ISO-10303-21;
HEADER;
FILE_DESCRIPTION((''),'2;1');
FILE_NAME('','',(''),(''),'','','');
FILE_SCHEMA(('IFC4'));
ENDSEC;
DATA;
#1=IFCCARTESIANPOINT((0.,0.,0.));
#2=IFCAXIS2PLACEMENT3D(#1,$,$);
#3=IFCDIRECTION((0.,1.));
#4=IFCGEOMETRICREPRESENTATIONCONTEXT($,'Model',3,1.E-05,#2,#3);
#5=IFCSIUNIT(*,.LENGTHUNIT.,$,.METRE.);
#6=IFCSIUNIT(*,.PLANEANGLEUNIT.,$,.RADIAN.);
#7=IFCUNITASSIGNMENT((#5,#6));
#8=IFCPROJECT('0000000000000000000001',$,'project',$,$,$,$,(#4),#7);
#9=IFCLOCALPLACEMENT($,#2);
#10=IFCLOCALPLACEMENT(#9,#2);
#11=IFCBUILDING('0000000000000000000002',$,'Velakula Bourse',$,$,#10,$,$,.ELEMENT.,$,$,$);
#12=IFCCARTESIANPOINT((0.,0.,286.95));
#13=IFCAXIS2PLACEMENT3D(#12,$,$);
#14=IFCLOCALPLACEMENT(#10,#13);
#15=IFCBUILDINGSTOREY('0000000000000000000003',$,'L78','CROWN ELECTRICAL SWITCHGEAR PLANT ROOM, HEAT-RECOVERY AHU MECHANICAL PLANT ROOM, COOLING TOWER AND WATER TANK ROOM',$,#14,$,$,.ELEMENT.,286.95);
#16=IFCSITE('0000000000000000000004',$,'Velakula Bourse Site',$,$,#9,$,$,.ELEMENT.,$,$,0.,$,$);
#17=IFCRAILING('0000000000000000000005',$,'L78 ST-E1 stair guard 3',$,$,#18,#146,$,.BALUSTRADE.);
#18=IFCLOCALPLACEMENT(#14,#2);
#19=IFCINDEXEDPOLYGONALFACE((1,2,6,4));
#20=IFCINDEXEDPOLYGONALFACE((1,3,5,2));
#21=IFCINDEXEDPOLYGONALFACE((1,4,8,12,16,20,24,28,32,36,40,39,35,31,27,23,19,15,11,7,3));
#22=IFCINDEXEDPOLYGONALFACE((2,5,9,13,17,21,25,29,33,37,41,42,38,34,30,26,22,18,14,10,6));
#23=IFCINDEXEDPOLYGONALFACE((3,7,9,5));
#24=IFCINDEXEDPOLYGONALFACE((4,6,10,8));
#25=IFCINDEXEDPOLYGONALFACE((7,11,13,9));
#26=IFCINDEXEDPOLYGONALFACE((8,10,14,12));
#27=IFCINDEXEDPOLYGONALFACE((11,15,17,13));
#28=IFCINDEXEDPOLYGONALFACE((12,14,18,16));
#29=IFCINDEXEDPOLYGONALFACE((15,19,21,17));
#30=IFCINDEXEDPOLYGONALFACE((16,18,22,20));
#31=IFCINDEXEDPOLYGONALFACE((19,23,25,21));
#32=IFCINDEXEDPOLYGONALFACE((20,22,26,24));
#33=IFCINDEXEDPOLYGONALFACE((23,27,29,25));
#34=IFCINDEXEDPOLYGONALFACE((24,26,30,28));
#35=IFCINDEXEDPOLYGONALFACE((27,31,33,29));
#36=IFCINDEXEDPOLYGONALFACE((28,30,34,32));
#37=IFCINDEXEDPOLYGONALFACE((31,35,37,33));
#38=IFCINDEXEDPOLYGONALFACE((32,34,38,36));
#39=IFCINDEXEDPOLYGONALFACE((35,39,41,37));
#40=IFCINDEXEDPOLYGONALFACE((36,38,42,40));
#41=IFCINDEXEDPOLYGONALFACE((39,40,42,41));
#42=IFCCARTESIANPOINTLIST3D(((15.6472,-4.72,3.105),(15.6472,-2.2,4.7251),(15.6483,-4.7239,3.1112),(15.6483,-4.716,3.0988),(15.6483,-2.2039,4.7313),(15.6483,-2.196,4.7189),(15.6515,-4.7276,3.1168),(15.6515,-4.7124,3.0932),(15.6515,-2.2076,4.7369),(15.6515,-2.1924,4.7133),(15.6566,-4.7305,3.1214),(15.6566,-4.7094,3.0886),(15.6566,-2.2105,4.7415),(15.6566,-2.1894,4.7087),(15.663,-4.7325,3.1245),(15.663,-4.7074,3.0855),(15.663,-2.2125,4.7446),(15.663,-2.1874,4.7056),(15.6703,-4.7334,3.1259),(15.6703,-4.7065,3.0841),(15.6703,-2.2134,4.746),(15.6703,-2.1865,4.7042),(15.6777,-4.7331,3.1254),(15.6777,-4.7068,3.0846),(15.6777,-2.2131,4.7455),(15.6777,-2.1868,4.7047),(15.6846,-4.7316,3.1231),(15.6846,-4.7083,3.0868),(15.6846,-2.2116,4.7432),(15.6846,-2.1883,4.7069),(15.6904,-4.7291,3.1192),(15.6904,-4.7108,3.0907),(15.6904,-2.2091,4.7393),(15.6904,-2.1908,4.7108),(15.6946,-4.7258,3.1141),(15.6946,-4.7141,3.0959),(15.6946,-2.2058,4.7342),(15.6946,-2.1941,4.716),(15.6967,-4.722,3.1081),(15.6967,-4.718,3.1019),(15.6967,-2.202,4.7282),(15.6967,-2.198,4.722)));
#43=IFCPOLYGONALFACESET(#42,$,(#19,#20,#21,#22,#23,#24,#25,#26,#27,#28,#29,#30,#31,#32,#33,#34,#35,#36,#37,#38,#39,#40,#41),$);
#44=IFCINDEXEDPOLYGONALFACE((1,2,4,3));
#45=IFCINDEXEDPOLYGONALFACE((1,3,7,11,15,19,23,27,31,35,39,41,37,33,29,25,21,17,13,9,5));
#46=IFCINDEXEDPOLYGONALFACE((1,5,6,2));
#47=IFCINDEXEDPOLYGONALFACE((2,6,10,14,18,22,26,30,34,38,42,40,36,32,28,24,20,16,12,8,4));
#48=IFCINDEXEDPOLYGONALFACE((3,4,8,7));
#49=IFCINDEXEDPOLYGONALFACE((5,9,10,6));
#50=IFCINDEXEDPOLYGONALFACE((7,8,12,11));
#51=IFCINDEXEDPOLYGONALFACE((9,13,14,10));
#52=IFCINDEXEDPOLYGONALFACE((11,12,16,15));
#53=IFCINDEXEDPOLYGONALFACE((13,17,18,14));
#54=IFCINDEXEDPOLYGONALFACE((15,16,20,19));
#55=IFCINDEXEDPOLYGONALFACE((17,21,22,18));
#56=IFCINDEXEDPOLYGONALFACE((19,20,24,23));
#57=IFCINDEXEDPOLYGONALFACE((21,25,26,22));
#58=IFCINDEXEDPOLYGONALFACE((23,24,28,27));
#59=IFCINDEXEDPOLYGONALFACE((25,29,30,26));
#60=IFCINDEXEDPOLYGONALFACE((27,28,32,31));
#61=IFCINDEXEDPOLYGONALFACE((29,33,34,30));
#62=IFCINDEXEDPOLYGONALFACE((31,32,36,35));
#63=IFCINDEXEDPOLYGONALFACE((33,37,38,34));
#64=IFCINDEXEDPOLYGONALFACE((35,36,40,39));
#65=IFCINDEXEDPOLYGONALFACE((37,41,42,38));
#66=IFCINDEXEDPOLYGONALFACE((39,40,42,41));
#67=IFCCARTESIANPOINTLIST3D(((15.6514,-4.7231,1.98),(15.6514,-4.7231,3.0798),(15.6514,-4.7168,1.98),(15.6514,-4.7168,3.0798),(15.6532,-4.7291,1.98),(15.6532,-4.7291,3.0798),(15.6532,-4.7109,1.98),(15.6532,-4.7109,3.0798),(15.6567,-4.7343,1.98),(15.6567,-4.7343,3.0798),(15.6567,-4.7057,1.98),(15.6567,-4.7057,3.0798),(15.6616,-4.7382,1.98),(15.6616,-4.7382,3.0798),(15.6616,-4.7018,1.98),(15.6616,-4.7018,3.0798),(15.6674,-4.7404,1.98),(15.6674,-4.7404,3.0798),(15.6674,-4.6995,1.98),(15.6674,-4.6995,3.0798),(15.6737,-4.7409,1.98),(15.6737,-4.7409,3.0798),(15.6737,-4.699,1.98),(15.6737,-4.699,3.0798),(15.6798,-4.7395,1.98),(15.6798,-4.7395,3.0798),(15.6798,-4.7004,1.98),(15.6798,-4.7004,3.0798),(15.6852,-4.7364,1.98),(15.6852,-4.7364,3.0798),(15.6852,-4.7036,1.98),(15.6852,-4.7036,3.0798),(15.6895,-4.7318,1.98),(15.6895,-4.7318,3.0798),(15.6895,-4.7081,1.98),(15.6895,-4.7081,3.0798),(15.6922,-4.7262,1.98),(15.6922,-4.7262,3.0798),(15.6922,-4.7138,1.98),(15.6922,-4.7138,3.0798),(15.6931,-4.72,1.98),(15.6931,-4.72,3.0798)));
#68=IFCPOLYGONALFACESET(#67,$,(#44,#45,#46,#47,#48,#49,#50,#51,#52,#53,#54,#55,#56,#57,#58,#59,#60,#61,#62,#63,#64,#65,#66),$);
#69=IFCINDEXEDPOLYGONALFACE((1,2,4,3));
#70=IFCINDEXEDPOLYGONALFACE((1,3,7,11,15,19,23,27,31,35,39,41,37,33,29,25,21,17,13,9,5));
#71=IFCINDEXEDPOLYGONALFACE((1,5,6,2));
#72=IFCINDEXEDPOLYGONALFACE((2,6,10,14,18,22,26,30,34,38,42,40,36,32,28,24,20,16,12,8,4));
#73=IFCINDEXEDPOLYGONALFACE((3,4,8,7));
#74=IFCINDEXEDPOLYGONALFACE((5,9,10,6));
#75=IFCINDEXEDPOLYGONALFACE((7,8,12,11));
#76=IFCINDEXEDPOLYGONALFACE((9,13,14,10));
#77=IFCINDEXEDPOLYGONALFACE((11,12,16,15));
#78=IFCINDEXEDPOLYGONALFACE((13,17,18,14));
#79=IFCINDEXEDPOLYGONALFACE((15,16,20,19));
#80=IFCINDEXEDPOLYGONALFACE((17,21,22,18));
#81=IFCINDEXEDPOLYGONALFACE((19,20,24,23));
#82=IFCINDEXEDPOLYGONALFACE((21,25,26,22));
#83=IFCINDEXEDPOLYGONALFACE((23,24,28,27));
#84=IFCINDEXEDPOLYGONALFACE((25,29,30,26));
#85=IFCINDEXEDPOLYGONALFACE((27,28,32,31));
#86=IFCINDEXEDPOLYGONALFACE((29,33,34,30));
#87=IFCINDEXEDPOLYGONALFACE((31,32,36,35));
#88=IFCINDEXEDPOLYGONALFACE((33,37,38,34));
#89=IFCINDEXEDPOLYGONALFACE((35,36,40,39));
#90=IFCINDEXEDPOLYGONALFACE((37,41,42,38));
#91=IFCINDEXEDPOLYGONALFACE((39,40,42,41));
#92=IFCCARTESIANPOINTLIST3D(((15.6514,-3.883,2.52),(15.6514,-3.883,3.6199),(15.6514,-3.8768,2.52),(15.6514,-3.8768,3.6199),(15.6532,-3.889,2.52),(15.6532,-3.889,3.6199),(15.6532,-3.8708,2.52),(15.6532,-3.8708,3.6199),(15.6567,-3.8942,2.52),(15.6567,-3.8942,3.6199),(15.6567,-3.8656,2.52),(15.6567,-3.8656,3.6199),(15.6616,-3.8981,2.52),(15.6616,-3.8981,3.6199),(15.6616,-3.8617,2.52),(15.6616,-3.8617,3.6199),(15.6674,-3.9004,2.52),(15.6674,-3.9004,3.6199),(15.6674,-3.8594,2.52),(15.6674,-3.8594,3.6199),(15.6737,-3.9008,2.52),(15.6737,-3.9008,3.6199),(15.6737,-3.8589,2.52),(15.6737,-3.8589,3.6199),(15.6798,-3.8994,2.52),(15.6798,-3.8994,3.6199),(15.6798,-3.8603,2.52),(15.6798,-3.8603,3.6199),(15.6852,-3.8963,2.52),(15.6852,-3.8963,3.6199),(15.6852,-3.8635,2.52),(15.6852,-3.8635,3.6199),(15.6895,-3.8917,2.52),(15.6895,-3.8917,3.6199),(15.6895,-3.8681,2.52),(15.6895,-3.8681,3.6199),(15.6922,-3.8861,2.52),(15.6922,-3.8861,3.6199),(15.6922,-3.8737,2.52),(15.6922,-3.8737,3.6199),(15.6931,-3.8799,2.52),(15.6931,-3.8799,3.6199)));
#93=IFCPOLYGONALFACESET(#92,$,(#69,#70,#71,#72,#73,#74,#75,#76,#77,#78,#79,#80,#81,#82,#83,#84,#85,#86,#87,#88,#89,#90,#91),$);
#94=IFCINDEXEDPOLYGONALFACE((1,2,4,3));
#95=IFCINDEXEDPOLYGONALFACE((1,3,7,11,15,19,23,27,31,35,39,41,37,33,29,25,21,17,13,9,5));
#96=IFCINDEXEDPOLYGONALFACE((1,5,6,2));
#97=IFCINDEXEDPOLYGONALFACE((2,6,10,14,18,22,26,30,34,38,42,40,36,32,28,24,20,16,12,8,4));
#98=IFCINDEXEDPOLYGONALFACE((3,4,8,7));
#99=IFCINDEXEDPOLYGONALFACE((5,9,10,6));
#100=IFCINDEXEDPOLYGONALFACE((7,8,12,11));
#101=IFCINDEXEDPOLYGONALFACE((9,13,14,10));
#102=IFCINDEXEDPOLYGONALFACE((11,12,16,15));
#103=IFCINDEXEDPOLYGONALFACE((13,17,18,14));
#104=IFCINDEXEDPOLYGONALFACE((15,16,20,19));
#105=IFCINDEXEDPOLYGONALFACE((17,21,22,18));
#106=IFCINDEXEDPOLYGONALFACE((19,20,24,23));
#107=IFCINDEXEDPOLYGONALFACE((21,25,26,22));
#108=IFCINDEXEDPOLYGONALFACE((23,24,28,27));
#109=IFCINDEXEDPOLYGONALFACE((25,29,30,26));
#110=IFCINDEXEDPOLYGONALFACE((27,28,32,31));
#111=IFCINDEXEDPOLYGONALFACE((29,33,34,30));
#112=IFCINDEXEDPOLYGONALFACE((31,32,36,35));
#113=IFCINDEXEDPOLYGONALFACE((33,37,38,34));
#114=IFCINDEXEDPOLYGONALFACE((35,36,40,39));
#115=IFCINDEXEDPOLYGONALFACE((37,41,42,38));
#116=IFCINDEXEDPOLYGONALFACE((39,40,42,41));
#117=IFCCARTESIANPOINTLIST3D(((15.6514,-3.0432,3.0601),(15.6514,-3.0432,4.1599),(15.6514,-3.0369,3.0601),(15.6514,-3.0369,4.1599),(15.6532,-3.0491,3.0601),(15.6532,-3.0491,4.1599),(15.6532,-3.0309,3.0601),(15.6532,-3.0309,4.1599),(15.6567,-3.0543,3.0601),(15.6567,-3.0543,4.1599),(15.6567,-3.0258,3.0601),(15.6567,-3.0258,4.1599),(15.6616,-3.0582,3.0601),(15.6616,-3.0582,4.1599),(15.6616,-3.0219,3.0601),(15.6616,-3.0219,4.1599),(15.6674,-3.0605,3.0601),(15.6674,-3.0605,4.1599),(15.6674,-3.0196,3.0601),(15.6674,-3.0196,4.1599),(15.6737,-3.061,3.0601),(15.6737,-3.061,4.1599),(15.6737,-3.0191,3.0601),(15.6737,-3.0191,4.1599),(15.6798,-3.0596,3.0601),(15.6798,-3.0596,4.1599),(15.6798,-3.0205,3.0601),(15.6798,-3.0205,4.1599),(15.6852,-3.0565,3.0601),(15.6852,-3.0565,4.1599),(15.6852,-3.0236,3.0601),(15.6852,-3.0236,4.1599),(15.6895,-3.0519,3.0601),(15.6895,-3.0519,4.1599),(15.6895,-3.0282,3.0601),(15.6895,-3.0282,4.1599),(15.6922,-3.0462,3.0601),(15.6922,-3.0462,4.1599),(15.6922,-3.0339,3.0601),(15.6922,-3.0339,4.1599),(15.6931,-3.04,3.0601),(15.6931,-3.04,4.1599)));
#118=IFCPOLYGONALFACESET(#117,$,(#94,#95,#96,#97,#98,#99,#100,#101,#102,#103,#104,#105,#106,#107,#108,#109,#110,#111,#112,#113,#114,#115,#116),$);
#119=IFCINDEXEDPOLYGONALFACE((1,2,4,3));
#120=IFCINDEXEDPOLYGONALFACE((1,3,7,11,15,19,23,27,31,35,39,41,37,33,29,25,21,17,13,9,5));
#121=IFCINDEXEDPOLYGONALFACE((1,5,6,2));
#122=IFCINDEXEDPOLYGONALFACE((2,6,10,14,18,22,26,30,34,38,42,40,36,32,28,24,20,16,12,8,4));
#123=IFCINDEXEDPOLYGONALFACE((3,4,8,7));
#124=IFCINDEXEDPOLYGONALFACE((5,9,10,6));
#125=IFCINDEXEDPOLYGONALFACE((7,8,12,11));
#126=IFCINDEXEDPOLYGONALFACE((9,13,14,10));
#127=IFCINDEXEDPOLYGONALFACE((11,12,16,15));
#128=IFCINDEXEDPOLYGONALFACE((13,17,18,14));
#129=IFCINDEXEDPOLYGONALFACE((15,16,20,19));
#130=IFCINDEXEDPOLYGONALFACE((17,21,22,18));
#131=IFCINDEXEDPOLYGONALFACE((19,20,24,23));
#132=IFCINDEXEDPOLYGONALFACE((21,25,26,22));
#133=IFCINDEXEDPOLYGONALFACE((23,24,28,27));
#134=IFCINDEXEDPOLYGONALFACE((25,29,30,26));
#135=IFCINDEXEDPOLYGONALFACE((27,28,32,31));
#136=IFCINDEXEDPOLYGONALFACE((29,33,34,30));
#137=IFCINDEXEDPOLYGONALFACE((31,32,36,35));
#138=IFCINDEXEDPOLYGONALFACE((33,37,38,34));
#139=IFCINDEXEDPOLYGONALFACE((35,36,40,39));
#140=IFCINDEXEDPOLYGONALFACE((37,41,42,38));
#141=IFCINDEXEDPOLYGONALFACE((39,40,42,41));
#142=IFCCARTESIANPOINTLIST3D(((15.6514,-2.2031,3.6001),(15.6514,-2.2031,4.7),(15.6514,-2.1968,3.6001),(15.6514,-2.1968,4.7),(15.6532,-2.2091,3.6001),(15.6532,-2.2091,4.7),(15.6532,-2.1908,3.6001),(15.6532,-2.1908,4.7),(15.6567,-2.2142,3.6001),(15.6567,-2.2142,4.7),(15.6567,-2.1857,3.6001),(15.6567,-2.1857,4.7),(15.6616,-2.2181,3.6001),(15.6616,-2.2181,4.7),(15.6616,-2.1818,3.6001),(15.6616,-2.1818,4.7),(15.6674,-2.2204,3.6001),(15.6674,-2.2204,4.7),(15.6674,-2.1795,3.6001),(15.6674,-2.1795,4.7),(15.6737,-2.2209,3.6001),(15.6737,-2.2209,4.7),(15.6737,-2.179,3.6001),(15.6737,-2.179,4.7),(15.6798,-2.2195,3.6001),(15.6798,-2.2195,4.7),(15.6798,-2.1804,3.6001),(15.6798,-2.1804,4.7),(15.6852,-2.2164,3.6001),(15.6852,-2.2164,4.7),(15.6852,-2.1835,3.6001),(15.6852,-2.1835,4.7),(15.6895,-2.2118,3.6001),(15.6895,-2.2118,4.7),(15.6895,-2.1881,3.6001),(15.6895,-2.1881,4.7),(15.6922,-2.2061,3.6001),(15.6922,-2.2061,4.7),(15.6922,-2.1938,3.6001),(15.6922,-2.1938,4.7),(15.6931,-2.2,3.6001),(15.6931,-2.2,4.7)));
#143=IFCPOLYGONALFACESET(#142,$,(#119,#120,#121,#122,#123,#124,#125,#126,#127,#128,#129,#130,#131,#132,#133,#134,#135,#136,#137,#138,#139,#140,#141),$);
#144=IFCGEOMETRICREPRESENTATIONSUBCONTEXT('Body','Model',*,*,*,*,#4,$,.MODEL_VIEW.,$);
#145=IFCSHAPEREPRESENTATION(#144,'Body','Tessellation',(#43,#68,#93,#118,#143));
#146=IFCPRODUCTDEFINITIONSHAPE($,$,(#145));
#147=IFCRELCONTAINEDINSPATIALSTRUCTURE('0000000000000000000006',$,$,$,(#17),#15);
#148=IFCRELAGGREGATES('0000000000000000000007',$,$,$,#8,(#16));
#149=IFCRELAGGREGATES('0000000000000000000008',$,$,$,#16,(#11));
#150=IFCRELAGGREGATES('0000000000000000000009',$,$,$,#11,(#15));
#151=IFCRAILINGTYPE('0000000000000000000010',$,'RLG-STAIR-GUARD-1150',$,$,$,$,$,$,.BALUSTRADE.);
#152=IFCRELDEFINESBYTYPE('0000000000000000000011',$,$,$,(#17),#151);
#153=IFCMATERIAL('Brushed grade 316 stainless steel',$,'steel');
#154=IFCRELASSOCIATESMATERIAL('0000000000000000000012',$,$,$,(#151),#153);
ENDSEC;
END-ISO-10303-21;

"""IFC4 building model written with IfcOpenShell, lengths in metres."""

from ifc_helpers import new_model, si_unit, direction, frame, origin, origin_2d, place, context, subcontext, project, spatial, circle, extrude, material, type_object, element, save


model = new_model("IFC4")

# Units and contexts
model_context = context("Model", 3, precision=1e-05, world=origin(), true_north=direction((0.0, 1.0)))
body_context = subcontext(model_context, "Body", "Model", "MODEL_VIEW")
ifc_project = project(units=[si_unit("LENGTHUNIT", "METRE"), si_unit("PLANEANGLEUNIT", "RADIAN")], contexts=[model_context])

# Site, building, storey
site_placement = place(None, origin())
site = spatial("IfcSite", under=ifc_project, at=site_placement, Name="Velakula Bourse Site", CompositionType="ELEMENT", RefElevation=0.0)
building_placement = place(site_placement, origin())
building = spatial("IfcBuilding", under=site, at=building_placement, Name="Velakula Bourse", CompositionType="ELEMENT")
storey_placement = place(building_placement, frame((0.0, 0.0, 286.95)))
storey = spatial("IfcBuildingStorey", under=building, at=storey_placement, Name="L78", Description="CROWN ELECTRICAL SWITCHGEAR PLANT ROOM, HEAT-RECOVERY AHU MECHANICAL PLANT ROOM, COOLING TOWER AND WATER TANK ROOM", CompositionType="ELEMENT", Elevation=286.95)

# Shared definitions
ifc_material_1 = material(Name="Brushed grade 316 stainless steel", Category="steel")

# Railing
railing_type_1 = type_object("IfcRailingType", Name="RLG-STAIR-GUARD-1150", PredefinedType="BALUSTRADE", material=ifc_material_1)
railing_1_placement = place(storey_placement, frame((15.6721, -4.72, 1.98)))
element("IfcRailing", 1, at=railing_1_placement, inside=storey, type_object=railing_type_1, Name="L78 ST-E1 stair guard 3", PredefinedType="BALUSTRADE", context=body_context, shape_type="SweptSolid", body=[
    extrude(circle(Radius=0.0249, at=origin_2d()), frame((0.0, 0.0, 1.125), z_axis=(0.0, 0.841163, 0.540782), x_axis=(-1.0, 0.0, 0.0)), (0.0, 0.0, 1.0), 2.9958),
    extrude(circle(Radius=0.021, at=origin_2d()), origin(), (0.0, 0.0, 1.0), 1.0999),
    extrude(circle(Radius=0.021, at=origin_2d()), frame((0.0, 0.8401, 0.54)), (0.0, 0.0, 1.0), 1.0999),
    extrude(circle(Radius=0.021, at=origin_2d()), frame((0.0, 1.6799, 1.0801)), (0.0, 0.0, 1.0), 1.0999),
    extrude(circle(Radius=0.021, at=origin_2d()), frame((0.0, 2.52, 1.6201)), (0.0, 0.0, 1.0), 1.0999),
])

save(model, "model.ifc")
